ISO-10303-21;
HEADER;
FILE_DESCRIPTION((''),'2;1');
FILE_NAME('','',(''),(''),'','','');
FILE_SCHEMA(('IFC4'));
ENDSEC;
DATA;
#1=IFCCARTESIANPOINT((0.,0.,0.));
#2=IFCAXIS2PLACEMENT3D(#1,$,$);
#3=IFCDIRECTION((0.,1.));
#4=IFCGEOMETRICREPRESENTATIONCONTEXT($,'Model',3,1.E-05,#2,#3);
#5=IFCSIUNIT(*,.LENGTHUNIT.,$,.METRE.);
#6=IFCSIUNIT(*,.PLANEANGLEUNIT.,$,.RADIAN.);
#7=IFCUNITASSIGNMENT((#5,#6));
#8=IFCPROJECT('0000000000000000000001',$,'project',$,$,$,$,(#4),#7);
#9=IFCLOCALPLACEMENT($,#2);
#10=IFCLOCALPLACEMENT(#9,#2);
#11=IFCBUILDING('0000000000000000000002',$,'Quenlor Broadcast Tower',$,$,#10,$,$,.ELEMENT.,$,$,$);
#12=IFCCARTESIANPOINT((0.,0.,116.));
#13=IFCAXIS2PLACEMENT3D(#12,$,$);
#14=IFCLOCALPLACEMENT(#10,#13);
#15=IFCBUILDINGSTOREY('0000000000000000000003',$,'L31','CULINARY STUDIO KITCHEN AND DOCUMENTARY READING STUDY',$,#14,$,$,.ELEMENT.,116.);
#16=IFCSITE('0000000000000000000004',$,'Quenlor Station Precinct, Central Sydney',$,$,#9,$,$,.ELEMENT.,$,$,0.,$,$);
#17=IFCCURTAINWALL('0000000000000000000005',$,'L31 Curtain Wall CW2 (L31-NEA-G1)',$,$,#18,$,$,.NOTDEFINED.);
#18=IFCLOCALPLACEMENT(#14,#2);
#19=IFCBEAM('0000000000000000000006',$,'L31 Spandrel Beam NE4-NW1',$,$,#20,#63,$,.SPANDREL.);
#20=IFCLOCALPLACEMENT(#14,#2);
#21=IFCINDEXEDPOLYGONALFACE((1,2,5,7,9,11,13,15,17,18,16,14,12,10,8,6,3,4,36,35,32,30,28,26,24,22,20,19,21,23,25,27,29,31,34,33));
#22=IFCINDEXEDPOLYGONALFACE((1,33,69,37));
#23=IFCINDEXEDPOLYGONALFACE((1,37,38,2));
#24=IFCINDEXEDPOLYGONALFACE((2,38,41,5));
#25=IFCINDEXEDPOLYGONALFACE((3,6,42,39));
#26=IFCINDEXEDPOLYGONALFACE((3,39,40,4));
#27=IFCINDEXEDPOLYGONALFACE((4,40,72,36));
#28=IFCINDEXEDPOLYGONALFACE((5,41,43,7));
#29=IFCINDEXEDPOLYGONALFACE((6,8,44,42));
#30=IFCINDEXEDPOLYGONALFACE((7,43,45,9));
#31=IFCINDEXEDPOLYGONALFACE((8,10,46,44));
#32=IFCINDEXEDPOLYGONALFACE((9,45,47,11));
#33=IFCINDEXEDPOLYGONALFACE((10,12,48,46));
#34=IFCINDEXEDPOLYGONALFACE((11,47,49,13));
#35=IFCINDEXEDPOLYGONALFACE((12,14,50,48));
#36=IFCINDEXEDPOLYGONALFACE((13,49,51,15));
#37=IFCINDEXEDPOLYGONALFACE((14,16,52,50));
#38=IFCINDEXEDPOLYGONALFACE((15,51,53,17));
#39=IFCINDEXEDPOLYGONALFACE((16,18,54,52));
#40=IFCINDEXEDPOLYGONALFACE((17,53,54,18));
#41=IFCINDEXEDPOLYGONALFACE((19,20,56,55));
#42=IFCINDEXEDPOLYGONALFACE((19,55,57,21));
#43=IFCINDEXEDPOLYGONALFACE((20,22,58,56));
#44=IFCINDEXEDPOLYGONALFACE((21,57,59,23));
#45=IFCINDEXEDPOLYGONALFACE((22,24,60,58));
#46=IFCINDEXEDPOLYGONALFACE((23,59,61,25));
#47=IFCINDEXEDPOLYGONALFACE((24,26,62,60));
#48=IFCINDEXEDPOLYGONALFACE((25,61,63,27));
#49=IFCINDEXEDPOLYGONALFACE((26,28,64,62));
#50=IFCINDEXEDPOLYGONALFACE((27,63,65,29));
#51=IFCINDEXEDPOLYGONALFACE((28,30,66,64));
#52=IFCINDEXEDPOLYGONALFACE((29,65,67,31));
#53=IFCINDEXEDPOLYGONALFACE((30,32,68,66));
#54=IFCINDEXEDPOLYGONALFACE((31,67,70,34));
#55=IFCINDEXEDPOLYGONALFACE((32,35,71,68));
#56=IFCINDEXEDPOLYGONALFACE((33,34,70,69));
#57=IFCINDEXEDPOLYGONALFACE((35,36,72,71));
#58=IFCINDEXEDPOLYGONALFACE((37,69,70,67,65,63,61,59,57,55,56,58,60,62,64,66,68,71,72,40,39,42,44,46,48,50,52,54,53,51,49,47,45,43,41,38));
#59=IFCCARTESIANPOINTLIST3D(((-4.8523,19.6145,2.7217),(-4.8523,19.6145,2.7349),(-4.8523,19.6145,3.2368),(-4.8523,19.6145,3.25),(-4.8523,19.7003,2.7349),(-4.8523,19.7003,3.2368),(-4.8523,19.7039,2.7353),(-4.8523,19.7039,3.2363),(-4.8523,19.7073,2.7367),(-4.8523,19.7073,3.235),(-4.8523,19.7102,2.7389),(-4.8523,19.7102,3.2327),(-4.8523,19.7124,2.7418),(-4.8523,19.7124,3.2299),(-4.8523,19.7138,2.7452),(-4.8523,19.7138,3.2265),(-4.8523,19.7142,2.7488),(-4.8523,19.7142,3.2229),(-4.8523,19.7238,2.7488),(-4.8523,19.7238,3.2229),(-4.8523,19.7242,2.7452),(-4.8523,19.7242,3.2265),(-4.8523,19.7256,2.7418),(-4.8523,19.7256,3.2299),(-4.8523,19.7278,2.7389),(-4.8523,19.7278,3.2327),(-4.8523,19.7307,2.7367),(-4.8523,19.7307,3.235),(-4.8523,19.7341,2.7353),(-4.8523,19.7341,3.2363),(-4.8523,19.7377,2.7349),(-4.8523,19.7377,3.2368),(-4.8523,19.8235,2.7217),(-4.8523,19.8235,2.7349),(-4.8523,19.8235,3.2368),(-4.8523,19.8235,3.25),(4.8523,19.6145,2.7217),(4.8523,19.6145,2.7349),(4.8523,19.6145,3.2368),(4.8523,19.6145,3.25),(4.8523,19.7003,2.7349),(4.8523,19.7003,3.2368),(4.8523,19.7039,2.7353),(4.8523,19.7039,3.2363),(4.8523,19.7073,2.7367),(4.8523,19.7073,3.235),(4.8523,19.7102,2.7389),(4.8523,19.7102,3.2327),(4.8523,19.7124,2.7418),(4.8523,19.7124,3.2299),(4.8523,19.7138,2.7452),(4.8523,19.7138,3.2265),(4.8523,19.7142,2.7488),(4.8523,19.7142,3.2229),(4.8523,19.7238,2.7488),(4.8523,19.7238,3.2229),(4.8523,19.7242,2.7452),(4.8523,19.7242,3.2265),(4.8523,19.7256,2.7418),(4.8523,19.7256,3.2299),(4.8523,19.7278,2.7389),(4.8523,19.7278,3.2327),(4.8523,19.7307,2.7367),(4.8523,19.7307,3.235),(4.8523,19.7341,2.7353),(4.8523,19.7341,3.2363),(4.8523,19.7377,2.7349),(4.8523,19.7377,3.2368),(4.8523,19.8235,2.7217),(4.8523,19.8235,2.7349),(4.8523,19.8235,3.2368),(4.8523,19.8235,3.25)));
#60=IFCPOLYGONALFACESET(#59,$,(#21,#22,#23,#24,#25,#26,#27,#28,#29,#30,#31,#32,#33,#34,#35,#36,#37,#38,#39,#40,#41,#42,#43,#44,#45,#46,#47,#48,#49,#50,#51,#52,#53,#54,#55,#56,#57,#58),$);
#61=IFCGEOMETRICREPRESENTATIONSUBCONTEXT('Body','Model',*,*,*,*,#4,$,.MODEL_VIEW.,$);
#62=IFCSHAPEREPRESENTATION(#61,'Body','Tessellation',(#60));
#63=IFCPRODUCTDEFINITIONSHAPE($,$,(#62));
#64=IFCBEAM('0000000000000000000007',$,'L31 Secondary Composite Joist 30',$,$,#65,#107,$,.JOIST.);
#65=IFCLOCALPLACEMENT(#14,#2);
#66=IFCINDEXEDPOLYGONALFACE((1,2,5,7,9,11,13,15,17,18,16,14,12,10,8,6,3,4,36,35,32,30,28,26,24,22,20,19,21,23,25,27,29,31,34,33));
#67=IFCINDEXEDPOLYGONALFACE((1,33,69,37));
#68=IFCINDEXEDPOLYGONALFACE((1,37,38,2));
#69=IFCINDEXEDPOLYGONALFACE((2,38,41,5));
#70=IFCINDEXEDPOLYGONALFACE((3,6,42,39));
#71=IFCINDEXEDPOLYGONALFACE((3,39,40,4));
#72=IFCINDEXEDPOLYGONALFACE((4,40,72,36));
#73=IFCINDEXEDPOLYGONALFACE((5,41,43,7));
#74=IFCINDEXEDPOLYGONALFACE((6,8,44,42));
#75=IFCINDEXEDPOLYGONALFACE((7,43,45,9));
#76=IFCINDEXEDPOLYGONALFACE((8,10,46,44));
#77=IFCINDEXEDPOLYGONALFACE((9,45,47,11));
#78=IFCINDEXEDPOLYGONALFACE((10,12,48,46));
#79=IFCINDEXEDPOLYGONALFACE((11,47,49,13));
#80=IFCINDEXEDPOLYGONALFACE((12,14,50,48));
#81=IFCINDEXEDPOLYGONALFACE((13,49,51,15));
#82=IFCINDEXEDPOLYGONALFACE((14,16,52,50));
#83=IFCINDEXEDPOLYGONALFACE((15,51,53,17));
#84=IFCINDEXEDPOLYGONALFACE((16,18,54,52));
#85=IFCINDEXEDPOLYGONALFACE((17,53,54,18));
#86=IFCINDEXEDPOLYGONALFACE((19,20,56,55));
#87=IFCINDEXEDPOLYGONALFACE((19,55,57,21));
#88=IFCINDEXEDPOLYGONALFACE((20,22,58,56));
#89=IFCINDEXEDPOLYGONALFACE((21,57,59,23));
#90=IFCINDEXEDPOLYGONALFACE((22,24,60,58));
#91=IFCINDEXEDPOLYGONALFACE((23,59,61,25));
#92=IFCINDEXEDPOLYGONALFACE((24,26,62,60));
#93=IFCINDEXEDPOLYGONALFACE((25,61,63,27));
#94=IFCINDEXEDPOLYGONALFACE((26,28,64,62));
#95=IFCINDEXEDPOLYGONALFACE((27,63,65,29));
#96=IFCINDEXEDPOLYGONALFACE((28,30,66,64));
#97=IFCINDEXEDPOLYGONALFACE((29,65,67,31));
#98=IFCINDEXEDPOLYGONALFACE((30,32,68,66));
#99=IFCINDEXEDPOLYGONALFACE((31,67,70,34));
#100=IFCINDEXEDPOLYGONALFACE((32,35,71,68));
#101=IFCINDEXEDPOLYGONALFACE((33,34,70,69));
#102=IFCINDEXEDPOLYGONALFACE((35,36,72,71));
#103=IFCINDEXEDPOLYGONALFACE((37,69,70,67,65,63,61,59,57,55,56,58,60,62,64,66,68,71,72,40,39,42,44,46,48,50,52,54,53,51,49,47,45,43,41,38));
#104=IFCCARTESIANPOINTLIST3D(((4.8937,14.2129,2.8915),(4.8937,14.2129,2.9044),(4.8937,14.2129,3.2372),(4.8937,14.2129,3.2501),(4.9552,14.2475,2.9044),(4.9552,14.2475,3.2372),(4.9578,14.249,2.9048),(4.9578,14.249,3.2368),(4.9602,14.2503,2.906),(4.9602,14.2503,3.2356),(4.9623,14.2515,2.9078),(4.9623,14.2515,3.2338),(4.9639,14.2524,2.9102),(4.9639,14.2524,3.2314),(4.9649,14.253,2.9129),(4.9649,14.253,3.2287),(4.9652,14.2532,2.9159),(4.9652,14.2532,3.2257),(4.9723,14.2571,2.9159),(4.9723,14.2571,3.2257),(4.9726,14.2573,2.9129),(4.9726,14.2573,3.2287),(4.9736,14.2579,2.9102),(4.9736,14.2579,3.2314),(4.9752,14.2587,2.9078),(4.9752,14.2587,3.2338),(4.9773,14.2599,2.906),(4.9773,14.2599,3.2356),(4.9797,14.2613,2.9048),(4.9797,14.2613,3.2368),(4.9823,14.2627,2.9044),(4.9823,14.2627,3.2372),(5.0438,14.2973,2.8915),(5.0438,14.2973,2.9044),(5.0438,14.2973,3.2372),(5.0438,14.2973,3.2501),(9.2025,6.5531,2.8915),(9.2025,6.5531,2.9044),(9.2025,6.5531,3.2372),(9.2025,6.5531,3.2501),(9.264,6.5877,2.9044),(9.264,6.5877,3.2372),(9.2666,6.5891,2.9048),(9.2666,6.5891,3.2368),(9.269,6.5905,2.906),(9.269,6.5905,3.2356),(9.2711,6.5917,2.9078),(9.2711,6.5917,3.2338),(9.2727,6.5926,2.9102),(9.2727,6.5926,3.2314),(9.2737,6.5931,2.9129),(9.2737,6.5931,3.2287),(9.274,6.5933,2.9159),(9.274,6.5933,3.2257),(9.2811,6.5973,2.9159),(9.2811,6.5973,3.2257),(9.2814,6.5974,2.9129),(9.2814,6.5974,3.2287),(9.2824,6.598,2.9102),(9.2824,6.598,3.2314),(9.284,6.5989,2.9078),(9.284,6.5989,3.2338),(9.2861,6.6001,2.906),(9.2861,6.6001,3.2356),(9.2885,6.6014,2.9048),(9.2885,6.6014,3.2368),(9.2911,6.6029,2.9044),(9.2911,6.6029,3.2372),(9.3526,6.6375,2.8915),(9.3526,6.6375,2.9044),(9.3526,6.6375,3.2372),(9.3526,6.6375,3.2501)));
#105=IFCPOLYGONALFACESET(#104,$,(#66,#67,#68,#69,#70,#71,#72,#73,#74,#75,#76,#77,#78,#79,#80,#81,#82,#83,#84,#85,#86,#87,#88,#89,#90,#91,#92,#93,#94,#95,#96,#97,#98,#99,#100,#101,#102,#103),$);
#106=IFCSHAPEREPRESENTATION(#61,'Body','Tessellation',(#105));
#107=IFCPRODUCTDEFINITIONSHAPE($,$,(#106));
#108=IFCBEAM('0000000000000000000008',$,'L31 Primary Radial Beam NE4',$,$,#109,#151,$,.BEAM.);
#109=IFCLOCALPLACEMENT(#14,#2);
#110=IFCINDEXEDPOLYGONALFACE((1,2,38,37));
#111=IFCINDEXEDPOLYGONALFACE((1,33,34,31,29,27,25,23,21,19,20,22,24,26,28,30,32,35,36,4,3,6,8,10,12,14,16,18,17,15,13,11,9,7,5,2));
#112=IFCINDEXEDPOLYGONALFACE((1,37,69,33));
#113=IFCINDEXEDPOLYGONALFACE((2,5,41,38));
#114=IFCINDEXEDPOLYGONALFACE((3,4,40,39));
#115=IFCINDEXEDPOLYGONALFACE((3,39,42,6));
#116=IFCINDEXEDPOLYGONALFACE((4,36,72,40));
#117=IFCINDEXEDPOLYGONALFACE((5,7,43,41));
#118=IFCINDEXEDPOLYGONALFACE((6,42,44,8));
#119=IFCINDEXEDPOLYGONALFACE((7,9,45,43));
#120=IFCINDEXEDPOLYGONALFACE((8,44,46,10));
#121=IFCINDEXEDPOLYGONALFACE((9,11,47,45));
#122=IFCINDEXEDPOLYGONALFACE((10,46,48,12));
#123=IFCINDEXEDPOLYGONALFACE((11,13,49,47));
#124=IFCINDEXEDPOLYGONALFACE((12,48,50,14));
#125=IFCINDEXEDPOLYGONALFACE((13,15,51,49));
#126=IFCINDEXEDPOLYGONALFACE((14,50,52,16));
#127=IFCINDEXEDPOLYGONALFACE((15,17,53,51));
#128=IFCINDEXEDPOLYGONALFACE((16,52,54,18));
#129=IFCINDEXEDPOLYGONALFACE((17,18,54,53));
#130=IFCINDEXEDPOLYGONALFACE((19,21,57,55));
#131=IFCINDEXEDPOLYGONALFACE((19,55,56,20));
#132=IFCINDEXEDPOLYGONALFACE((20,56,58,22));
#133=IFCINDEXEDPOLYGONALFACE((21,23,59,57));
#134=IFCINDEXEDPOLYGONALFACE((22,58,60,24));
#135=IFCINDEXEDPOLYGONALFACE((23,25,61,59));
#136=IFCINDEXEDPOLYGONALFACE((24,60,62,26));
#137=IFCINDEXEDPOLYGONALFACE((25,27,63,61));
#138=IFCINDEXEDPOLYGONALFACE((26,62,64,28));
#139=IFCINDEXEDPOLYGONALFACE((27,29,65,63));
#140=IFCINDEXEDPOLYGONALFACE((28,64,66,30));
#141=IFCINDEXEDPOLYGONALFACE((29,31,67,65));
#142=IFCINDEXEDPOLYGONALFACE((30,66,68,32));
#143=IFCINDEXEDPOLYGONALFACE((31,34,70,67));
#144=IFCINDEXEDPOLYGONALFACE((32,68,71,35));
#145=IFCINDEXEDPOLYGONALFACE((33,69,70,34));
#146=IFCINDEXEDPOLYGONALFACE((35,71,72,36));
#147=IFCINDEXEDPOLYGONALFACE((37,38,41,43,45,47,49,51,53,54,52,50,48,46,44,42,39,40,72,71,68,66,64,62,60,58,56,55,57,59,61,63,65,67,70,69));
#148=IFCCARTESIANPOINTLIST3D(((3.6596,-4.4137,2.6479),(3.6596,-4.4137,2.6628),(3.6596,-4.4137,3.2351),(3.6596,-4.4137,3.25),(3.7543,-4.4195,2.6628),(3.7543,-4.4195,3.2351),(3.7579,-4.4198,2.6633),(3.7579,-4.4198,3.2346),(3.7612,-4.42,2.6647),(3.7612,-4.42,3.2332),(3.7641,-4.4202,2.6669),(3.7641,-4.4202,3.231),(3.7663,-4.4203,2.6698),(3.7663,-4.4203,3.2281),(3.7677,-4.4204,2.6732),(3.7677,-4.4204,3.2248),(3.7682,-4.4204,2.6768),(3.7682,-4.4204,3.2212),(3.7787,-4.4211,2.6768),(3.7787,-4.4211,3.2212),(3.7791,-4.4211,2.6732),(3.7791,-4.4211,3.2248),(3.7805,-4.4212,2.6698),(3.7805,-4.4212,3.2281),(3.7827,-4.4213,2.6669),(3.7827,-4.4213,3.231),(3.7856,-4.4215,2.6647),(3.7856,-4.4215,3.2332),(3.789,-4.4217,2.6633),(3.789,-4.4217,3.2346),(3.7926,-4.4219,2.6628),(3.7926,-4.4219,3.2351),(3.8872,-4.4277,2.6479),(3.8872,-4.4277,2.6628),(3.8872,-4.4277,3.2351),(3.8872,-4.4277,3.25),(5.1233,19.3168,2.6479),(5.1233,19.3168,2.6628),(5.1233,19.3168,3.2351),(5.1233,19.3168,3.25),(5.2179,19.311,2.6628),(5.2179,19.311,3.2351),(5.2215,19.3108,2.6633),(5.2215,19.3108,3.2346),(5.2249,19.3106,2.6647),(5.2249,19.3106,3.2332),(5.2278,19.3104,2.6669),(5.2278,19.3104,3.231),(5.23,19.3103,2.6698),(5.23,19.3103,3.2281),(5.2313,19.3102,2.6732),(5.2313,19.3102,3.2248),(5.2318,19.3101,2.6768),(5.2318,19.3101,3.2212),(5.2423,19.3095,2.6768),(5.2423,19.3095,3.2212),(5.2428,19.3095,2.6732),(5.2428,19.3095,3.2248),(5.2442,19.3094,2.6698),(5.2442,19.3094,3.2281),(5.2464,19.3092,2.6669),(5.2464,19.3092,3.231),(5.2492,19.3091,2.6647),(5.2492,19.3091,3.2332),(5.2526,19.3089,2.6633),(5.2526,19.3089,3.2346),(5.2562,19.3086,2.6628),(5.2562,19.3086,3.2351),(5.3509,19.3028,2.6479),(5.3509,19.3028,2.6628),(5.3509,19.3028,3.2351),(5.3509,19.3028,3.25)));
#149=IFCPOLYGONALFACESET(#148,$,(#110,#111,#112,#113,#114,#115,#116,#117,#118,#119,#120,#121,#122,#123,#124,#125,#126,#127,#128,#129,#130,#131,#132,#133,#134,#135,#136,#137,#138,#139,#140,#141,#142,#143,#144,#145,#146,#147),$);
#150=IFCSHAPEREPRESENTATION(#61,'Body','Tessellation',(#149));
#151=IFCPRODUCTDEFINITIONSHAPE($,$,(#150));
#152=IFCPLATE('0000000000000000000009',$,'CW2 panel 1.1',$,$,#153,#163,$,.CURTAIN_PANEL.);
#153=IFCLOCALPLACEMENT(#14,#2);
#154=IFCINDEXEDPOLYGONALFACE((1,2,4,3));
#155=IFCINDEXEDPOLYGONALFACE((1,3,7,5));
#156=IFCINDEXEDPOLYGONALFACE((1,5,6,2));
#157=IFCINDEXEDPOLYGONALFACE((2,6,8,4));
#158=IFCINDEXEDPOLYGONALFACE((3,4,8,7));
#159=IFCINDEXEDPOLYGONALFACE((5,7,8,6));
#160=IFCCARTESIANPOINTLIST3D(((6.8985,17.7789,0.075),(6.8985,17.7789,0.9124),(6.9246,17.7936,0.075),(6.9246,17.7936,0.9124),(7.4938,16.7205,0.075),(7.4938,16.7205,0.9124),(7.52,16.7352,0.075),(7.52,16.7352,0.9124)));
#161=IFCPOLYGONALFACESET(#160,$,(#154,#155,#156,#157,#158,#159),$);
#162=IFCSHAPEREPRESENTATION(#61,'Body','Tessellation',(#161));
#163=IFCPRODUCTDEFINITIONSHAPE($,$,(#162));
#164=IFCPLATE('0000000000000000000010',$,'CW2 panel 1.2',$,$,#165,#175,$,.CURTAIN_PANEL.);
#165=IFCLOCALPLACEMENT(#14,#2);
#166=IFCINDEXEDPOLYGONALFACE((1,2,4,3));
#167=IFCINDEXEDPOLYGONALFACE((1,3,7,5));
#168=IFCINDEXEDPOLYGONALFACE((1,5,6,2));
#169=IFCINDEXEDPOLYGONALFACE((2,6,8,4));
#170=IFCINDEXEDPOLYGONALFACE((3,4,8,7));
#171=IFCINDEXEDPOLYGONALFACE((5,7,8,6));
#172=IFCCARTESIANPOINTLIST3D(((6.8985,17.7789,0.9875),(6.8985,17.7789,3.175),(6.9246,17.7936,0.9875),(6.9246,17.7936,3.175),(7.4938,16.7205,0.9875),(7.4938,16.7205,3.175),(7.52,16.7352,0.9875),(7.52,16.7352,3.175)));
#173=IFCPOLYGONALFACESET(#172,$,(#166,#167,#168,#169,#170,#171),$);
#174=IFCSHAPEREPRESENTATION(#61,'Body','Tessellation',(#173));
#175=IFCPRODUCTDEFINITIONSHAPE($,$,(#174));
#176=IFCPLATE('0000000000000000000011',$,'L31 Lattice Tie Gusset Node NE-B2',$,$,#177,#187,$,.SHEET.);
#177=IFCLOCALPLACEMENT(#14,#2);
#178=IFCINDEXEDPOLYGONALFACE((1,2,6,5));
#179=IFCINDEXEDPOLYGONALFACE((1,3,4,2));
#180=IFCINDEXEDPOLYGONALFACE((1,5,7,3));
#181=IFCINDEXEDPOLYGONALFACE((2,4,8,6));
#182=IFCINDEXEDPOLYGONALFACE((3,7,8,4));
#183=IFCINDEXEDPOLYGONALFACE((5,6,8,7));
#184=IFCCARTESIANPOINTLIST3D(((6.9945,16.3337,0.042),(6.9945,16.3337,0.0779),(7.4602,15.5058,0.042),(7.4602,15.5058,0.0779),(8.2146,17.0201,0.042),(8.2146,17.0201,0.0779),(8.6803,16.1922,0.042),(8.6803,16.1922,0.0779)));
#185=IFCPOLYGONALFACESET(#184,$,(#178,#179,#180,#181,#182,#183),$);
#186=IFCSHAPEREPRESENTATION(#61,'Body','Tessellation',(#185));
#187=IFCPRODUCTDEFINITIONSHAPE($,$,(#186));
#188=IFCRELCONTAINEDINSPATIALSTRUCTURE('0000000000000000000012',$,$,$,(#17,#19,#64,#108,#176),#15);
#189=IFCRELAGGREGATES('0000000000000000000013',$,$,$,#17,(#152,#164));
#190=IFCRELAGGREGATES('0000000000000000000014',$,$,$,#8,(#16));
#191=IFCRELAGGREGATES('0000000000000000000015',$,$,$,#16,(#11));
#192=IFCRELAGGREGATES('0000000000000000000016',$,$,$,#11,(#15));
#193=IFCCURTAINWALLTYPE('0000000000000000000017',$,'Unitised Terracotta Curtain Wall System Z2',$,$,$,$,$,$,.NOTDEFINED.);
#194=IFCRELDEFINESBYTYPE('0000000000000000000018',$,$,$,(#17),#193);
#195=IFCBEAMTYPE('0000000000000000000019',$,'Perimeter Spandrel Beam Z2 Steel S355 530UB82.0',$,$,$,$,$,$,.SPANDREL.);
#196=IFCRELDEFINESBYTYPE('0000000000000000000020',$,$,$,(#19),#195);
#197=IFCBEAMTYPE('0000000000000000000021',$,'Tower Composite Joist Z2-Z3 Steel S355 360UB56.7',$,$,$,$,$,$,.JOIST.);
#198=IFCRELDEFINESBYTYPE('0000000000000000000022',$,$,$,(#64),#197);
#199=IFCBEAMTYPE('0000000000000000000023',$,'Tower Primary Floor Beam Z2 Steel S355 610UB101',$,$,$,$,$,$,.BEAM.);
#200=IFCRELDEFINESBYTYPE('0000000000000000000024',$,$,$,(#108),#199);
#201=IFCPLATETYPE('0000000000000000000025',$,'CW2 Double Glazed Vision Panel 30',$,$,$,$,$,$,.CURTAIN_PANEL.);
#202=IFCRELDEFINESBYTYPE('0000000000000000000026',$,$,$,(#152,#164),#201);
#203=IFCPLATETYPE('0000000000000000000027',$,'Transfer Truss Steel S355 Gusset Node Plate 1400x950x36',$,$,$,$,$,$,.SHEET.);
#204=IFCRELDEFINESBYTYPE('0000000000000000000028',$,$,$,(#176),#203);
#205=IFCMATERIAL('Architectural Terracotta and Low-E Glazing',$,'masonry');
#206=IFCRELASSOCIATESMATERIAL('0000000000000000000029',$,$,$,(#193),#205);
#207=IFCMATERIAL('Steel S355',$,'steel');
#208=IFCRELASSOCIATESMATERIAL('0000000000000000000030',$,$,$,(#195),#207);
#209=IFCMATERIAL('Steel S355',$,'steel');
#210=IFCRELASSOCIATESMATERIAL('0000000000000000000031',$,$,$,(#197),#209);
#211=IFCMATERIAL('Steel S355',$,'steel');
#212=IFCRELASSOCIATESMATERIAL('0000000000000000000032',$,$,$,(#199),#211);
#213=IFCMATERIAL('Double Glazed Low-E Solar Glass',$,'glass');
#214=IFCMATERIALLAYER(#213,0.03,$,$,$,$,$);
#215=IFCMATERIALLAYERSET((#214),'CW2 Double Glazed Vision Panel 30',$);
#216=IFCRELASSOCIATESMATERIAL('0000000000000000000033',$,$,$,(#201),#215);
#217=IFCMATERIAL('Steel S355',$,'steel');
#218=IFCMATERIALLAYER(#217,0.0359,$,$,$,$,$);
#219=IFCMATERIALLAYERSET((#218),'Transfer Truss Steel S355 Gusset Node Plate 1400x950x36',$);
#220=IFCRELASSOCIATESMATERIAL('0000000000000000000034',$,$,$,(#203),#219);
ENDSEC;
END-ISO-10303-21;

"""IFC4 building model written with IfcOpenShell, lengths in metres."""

from ifc_helpers import new_model, si_unit, direction, frame, origin, origin_2d, place, context, subcontext, project, spatial, rectangle, i_section, extrude, material, layer, layer_set, material_profile, profile_set, type_object, element, aggregate, save


model = new_model("IFC4")

# Units and contexts
model_context = context("Model", 3, precision=1e-05, world=origin(), true_north=direction((0.0, 1.0)))
body_context = subcontext(model_context, "Body", "Model", "MODEL_VIEW")
ifc_project = project(units=[si_unit("LENGTHUNIT", "METRE"), si_unit("PLANEANGLEUNIT", "RADIAN")], contexts=[model_context])

# Site, building, storey
site_placement = place(None, origin())
site = spatial("IfcSite", under=ifc_project, at=site_placement, Name="Quenlor Station Precinct, Central Sydney", CompositionType="ELEMENT", RefElevation=0.0)
building_placement = place(site_placement, origin())
building = spatial("IfcBuilding", under=site, at=building_placement, Name="Quenlor Broadcast Tower", CompositionType="ELEMENT")
storey_placement = place(building_placement, frame((0.0, 0.0, 116.0)))
storey = spatial("IfcBuildingStorey", under=building, at=storey_placement, Name="L31", Description="CULINARY STUDIO KITCHEN AND DOCUMENTARY READING STUDY", CompositionType="ELEMENT", Elevation=116.0)

# Curtain wall
ifc_material_1 = material(Name="Architectural Terracotta and Low-E Glazing", Category="masonry")
curtain_wall_type = type_object("IfcCurtainWallType", Name="Unitised Terracotta Curtain Wall System Z2", PredefinedType="NOTDEFINED", material=ifc_material_1)
curtain_wall_1_placement = place(storey_placement, origin())
curtain_wall_1 = element("IfcCurtainWall", 1, at=curtain_wall_1_placement, inside=storey, type_object=curtain_wall_type, Name="L31 Curtain Wall CW2 (L31-NEA-G1)", PredefinedType="NOTDEFINED")

# Beams
ifc_material_2 = material(Name="Steel S355", Category="steel")
ifc_material_profile_1 = material_profile(ifc_material_2, i_section(OverallWidth=0.209, OverallDepth=0.5283, WebThickness=0.0095, FlangeThickness=0.0132, FilletRadius=0.0139, at=origin_2d()))
ifc_profile_set_1 = profile_set([ifc_material_profile_1], Name="Steel S355 530UB82.0")
beam_type_1 = type_object("IfcBeamType", Name="Perimeter Spandrel Beam Z2 Steel S355 530UB82.0", PredefinedType="SPANDREL", material=ifc_profile_set_1)
beam_1_placement = place(storey_placement, frame((4.8523, 19.719, 2.9858), z_axis=(-1.0, 0.0, 0.0), x_axis=(0.0, -1.0, 0.0)))
element("IfcBeam", 2, at=beam_1_placement, inside=storey, type_object=beam_type_1, Name="L31 Spandrel Beam NE4-NW1", PredefinedType="SPANDREL", context=body_context, shape_type="SweptSolid", body=[
    extrude(i_section(OverallWidth=0.209, OverallDepth=0.5283, WebThickness=0.0095, FlangeThickness=0.0132, FilletRadius=0.0139, at=origin_2d()), origin(), (0.0, 0.0, 1.0), 9.7046),
])
ifc_material_3 = material(Name="Steel S355", Category="steel")
ifc_material_profile_2 = material_profile(ifc_material_3, i_section(OverallWidth=0.1721, OverallDepth=0.3586, WebThickness=0.0081, FlangeThickness=0.0129, FilletRadius=0.0115, at=origin_2d()))
ifc_profile_set_2 = profile_set([ifc_material_profile_2], Name="Steel S355 360UB56.7")
beam_type_2 = type_object("IfcBeamType", Name="Tower Composite Joist Z2-Z3 Steel S355 360UB56.7", PredefinedType="JOIST", material=ifc_profile_set_2)
beam_2_placement = place(storey_placement, frame((4.9688, 14.2551, 3.0708), z_axis=(0.490273, -0.871569, 0.0), x_axis=(0.871569, 0.490273, 0.0)))
element("IfcBeam", 3, at=beam_2_placement, inside=storey, type_object=beam_type_2, Name="L31 Secondary Composite Joist 30", PredefinedType="JOIST", context=body_context, shape_type="SweptSolid", body=[
    extrude(i_section(OverallWidth=0.1721, OverallDepth=0.3586, WebThickness=0.0081, FlangeThickness=0.0129, FilletRadius=0.0115, at=origin_2d()), origin(), (0.0, 0.0, 1.0), 8.7886),
])
ifc_material_4 = material(Name="Steel S355", Category="steel")
ifc_material_profile_3 = material_profile(ifc_material_4, i_section(OverallWidth=0.228, OverallDepth=0.6021, WebThickness=0.0105, FlangeThickness=0.0149, FilletRadius=0.0139, at=origin_2d()))
ifc_profile_set_3 = profile_set([ifc_material_profile_3], Name="Steel S355 610UB101")
beam_type_3 = type_object("IfcBeamType", Name="Tower Primary Floor Beam Z2 Steel S355 610UB101", PredefinedType="BEAM", material=ifc_profile_set_3)
beam_3_placement = place(storey_placement, frame((5.2371, 19.3098, 2.949), z_axis=(-0.06156, -0.998103, 0.0), x_axis=(0.998103, -0.06156, 0.0)))
element("IfcBeam", 4, at=beam_3_placement, inside=storey, type_object=beam_type_3, Name="L31 Primary Radial Beam NE4", PredefinedType="BEAM", context=body_context, shape_type="SweptSolid", body=[
    extrude(i_section(OverallWidth=0.228, OverallDepth=0.6021, WebThickness=0.0105, FlangeThickness=0.0149, FilletRadius=0.0139, at=origin_2d()), origin(), (0.0, 0.0, 1.0), 23.7756),
])

# Plates
ifc_material_5 = material(Name="Double Glazed Low-E Solar Glass", Category="glass")
ifc_layer_1 = layer(ifc_material_5, 0.03)
ifc_layer_set_1 = layer_set([ifc_layer_1], Name="CW2 Double Glazed Vision Panel 30")
plate_type_1 = type_object("IfcPlateType", Name="CW2 Double Glazed Vision Panel 30", PredefinedType="CURTAIN_PANEL", material=ifc_layer_set_1)
plate_1_placement = place(storey_placement, frame((7.2092, 17.2571, 0.075), z_axis=(0.0, 0.0, 1.0), x_axis=(0.490247, -0.871583, 0.0)))
plate_1 = element("IfcPlate", 5, at=plate_1_placement, type_object=plate_type_1, Name="CW2 panel 1.1", PredefinedType="CURTAIN_PANEL", context=body_context, shape_type="SweptSolid", body=[
    extrude(rectangle(XDim=1.2144, YDim=0.03, at=origin_2d()), origin(), (0.0, 0.0, 1.0), 0.8374),
])
plate_2_placement = place(storey_placement, frame((7.2092, 17.2571, 0.9875), z_axis=(0.0, 0.0, 1.0), x_axis=(0.490247, -0.871583, 0.0)))
plate_2 = element("IfcPlate", 6, at=plate_2_placement, type_object=plate_type_1, Name="CW2 panel 1.2", PredefinedType="CURTAIN_PANEL", context=body_context, shape_type="SweptSolid", body=[
    extrude(rectangle(XDim=1.2144, YDim=0.03, at=origin_2d()), origin(), (0.0, 0.0, 1.0), 2.1875),
])
aggregate(curtain_wall_1, [plate_1, plate_2])

# Plate
ifc_material_6 = material(Name="Steel S355", Category="steel")
ifc_layer_2 = layer(ifc_material_6, 0.0359)
ifc_layer_set_2 = layer_set([ifc_layer_2], Name="Transfer Truss Steel S355 Gusset Node Plate 1400x950x36")
plate_type_2 = type_object("IfcPlateType", Name="Transfer Truss Steel S355 Gusset Node Plate 1400x950x36", PredefinedType="SHEET", material=ifc_layer_set_2)
for number, where, z_axis, x_axis, name in (
    (7, (7.8374, 16.2629, 0.042), (0.0, 0.0, 1.0), (0.871556, 0.490295, 0.0), "L31 Lattice Tie Gusset Node NE-B2"),
):
    element("IfcPlate", number, at=place(storey_placement, frame(where, z_axis=z_axis, x_axis=x_axis)), inside=storey, type_object=plate_type_2, Name=name, PredefinedType="SHEET", context=body_context, shape_type="SweptSolid", body=[
        extrude(rectangle(XDim=1.3999, YDim=0.95, at=origin_2d()), origin(), (0.0, 0.0, 1.0), 0.0359),
    ])

save(model, "model.ifc")
